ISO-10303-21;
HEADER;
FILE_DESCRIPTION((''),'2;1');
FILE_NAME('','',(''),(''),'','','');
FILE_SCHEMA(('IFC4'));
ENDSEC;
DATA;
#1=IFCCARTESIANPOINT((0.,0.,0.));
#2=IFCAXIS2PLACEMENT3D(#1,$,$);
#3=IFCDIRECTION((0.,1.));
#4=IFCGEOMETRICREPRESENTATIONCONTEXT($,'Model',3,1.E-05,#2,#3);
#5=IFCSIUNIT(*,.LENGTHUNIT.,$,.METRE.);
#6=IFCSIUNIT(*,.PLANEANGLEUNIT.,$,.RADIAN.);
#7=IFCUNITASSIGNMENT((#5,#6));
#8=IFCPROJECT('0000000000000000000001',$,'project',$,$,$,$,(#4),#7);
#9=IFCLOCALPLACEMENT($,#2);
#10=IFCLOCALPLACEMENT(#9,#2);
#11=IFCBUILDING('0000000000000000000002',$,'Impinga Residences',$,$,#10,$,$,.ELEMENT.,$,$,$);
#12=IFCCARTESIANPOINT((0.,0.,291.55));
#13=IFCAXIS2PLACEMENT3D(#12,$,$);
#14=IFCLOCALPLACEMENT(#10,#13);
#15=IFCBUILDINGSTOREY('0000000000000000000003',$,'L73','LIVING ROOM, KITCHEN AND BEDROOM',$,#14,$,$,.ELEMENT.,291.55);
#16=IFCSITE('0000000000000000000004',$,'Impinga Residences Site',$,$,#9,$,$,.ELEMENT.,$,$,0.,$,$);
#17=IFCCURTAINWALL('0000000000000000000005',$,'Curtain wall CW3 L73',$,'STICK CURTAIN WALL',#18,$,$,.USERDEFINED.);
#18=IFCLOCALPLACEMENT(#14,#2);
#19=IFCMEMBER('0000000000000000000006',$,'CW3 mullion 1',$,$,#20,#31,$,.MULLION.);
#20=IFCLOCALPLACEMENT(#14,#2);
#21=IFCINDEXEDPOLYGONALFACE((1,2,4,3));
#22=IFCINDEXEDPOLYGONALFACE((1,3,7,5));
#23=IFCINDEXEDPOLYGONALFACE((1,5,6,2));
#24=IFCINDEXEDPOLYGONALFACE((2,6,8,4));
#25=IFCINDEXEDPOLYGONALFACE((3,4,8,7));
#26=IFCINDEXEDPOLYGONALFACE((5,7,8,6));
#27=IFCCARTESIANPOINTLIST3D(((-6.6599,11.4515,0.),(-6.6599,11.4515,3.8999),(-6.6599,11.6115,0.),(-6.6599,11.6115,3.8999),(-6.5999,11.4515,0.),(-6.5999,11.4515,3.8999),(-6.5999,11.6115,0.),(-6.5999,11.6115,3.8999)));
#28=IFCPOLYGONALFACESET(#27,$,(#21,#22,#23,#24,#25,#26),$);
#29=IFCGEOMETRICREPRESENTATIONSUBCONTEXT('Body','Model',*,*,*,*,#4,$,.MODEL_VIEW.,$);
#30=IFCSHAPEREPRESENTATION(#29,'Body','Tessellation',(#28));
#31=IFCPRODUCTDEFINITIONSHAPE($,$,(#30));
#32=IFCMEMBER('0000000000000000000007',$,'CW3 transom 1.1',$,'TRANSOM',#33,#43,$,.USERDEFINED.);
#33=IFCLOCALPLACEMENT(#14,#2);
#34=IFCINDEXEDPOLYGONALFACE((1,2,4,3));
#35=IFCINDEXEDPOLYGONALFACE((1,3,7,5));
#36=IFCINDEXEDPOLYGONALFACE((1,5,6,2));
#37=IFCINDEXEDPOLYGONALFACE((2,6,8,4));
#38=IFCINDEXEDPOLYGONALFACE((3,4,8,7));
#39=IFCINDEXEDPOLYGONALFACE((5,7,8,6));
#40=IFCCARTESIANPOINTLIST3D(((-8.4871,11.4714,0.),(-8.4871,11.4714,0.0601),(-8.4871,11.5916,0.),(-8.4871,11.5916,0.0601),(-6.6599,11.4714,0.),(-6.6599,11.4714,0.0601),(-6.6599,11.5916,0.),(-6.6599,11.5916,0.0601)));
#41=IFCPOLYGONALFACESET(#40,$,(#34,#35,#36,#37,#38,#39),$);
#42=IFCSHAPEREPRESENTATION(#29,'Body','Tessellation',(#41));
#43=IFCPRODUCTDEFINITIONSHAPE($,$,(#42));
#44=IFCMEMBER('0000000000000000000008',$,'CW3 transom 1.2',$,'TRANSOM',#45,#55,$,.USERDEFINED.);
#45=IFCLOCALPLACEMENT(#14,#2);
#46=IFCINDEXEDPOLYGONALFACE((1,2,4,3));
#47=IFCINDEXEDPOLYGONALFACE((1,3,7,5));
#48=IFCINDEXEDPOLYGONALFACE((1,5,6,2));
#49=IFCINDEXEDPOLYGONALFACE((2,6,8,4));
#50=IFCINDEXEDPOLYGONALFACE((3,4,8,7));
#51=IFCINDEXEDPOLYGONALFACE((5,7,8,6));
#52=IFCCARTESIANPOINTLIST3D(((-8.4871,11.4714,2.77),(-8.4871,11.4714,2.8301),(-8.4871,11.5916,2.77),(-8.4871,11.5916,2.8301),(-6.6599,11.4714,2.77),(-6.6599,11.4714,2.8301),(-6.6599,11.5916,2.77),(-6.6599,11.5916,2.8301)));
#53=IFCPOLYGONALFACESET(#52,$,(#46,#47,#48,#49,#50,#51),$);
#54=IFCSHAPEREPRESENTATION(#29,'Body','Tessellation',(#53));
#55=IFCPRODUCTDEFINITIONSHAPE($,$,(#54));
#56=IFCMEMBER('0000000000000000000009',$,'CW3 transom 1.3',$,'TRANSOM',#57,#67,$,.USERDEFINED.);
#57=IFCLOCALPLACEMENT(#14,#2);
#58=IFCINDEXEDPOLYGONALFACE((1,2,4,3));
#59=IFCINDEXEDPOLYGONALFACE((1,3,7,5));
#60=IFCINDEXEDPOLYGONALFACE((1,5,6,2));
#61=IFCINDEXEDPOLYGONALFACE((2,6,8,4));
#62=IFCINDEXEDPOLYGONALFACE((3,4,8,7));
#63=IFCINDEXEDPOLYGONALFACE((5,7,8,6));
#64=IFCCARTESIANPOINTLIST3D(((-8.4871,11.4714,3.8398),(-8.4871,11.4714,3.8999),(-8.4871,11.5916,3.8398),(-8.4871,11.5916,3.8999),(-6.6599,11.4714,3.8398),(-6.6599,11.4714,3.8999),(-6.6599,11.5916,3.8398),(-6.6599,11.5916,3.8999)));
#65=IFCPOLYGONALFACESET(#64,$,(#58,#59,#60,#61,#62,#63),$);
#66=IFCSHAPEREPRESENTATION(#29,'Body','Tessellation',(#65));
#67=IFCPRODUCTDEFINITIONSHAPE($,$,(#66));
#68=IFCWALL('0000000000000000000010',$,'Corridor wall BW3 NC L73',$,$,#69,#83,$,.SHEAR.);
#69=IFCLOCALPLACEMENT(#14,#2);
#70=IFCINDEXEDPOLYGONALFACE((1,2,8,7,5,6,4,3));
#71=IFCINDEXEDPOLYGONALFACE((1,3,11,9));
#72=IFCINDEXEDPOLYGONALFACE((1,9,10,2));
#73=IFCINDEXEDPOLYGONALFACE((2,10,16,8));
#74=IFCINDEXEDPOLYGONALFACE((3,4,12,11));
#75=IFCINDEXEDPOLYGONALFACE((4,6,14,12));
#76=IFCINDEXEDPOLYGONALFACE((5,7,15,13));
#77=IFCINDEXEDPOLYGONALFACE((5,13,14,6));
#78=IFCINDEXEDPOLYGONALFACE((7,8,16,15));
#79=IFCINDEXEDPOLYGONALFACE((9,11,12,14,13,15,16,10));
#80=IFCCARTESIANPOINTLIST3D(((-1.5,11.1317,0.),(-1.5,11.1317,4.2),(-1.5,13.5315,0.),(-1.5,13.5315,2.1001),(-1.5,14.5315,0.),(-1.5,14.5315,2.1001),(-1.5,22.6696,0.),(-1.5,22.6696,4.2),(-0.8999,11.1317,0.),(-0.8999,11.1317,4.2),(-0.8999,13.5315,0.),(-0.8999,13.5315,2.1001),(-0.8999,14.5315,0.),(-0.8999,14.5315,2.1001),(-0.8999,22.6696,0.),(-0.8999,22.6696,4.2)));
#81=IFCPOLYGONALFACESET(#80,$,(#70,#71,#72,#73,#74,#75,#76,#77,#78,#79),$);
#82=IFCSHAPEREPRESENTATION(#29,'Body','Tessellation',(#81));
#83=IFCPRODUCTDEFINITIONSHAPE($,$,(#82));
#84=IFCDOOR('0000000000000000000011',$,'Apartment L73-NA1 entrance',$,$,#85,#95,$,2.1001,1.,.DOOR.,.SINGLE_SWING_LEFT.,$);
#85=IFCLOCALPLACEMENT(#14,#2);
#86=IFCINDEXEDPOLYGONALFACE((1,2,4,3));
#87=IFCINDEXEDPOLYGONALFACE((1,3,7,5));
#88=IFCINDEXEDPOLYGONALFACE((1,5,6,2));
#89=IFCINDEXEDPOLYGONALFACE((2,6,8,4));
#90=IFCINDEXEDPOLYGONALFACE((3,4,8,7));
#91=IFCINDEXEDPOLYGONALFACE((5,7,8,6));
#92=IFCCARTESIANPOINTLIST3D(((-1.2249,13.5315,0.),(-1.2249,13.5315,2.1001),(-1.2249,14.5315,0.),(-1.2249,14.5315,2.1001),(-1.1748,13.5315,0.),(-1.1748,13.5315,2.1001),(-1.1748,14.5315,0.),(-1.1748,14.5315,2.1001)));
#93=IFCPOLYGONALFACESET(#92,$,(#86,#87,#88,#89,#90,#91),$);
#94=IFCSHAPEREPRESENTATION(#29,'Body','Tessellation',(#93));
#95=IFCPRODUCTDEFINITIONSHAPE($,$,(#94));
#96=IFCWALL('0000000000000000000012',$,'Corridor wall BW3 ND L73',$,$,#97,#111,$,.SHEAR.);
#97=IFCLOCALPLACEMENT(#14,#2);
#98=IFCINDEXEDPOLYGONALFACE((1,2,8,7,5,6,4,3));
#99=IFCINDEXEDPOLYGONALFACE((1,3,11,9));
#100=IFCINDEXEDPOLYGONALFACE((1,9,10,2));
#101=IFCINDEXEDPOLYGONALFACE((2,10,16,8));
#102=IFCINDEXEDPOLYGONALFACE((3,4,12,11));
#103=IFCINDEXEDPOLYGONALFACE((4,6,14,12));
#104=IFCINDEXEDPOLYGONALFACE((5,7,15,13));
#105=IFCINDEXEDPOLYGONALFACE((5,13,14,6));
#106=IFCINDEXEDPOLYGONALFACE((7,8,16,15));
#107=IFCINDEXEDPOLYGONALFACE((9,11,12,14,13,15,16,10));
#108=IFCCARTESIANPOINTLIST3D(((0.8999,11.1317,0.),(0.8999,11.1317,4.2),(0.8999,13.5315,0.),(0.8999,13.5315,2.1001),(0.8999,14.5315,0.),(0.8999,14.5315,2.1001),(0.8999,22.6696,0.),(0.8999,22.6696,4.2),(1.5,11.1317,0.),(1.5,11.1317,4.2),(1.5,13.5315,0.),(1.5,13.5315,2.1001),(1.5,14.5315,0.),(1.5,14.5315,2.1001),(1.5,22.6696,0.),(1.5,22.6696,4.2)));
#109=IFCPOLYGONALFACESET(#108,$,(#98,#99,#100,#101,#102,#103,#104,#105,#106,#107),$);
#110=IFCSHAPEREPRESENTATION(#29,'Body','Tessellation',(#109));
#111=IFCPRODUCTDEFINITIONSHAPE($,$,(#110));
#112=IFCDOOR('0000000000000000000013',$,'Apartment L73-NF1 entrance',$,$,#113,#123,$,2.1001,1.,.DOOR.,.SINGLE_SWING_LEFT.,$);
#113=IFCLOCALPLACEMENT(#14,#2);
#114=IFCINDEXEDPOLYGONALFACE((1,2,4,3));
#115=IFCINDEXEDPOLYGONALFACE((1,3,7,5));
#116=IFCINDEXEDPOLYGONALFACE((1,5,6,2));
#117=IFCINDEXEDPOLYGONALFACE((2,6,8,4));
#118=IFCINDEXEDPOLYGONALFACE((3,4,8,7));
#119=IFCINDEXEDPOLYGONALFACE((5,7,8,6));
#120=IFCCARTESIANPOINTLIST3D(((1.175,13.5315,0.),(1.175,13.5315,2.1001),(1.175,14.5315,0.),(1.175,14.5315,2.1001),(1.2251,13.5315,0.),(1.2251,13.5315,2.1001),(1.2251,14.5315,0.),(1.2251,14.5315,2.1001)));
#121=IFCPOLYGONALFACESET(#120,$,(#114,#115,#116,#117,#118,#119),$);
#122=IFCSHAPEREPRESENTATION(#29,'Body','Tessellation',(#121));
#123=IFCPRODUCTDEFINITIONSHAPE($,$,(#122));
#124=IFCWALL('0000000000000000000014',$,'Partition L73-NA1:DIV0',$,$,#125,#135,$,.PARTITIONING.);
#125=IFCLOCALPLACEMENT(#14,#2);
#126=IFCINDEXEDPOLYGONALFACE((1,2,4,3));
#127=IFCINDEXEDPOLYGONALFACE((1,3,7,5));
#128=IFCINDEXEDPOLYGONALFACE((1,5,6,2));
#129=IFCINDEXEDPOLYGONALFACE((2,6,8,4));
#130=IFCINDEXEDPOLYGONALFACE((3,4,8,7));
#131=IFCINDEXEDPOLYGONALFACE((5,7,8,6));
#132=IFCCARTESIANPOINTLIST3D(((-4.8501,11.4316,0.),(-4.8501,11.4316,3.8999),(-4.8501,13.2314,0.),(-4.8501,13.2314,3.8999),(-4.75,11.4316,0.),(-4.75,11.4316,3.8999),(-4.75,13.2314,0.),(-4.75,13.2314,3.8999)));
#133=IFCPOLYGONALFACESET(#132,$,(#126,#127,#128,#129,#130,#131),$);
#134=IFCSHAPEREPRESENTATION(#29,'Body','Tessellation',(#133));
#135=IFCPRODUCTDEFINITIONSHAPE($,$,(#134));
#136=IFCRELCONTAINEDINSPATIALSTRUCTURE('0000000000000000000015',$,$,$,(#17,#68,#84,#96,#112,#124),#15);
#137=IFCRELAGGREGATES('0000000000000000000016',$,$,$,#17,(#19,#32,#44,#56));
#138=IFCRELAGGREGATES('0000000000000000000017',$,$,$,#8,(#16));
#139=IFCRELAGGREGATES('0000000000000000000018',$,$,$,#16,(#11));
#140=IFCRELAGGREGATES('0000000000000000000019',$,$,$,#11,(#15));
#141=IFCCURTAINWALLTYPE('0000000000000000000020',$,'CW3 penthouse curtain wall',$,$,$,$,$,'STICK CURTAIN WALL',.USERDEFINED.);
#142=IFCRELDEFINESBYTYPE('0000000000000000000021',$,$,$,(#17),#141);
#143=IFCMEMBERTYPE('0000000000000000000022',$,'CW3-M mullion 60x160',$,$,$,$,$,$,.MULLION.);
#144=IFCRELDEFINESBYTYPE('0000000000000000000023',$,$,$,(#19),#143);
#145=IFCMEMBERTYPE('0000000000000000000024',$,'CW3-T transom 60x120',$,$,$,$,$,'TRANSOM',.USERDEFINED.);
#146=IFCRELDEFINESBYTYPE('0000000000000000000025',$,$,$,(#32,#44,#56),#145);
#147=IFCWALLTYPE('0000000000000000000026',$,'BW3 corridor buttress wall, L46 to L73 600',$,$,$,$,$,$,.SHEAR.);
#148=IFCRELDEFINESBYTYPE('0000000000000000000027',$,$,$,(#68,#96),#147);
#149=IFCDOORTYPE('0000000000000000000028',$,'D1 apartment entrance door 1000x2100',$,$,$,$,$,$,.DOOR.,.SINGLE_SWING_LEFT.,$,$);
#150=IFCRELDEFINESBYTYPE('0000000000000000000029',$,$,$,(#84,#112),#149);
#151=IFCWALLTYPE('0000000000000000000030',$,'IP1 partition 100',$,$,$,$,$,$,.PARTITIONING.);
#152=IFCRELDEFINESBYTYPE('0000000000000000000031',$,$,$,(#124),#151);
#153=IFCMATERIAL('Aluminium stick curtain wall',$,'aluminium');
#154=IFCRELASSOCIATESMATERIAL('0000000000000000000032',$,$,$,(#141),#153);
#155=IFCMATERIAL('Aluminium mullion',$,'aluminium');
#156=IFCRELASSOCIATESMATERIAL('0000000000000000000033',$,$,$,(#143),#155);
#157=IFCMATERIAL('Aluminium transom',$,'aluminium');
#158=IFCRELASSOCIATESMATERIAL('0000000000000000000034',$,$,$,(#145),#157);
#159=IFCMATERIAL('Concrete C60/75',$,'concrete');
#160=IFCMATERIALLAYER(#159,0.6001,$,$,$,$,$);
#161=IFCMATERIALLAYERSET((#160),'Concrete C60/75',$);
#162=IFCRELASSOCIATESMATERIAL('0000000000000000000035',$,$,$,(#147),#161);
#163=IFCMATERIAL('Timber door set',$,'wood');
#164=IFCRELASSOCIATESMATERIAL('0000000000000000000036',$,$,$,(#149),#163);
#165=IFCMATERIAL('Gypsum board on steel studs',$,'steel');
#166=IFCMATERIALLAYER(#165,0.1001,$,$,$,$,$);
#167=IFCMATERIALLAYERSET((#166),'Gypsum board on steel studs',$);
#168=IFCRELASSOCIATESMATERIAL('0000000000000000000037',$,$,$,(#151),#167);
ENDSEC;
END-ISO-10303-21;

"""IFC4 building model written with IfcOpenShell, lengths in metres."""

from ifc_helpers import new_model, si_unit, direction, frame, frame_2d, origin, origin_2d, place, context, subcontext, project, spatial, rectangle, extrude, material, layer, layer_set, material_profile, profile_set, type_object, element, fill, aggregate, save


model = new_model("IFC4")

# Units and contexts
model_context = context("Model", 3, precision=1e-05, world=origin(), true_north=direction((0.0, 1.0)))
body_context = subcontext(model_context, "Body", "Model", "MODEL_VIEW")
ifc_project = project(units=[si_unit("LENGTHUNIT", "METRE"), si_unit("PLANEANGLEUNIT", "RADIAN")], contexts=[model_context])

# Site, building, storey
site_placement = place(None, origin())
site = spatial("IfcSite", under=ifc_project, at=site_placement, Name="Impinga Residences Site", CompositionType="ELEMENT", RefElevation=0.0)
building_placement = place(site_placement, origin())
building = spatial("IfcBuilding", under=site, at=building_placement, Name="Impinga Residences", CompositionType="ELEMENT")
storey_placement = place(building_placement, frame((0.0, 0.0, 291.55)))
storey = spatial("IfcBuildingStorey", under=building, at=storey_placement, Name="L73", Description="LIVING ROOM, KITCHEN AND BEDROOM", CompositionType="ELEMENT", Elevation=291.55)

# Curtain wall, members
ifc_material_1 = material(Name="Aluminium stick curtain wall", Category="aluminium")
curtain_wall_type = type_object("IfcCurtainWallType", Name="CW3 penthouse curtain wall", ElementType="STICK CURTAIN WALL", PredefinedType="USERDEFINED", material=ifc_material_1)
curtain_wall_placement = place(storey_placement, origin())
curtain_wall = element("IfcCurtainWall", 1, at=curtain_wall_placement, inside=storey, type_object=curtain_wall_type, Name="Curtain wall CW3 L73", ObjectType="STICK CURTAIN WALL", PredefinedType="USERDEFINED")
ifc_material_2 = material(Name="Aluminium mullion", Category="aluminium")
ifc_material_profile_1 = material_profile(ifc_material_2, rectangle(XDim=0.0601, YDim=0.1599, at=origin_2d()), Name="60x160 mullion")
ifc_profile_set_1 = profile_set([ifc_material_profile_1], Name="Aluminium mullion")
member_type_1 = type_object("IfcMemberType", Name="CW3-M mullion 60x160", PredefinedType="MULLION", material=ifc_profile_set_1)
member_1_placement = place(storey_placement, frame((-6.6299, 11.5315, 0.0), z_axis=(0.0, 0.0, 1.0), x_axis=(-1.0, 0.0, 0.0)))
member_1 = element("IfcMember", 2, at=member_1_placement, type_object=member_type_1, Name="CW3 mullion 1", PredefinedType="MULLION", context=body_context, shape_type="SweptSolid", body=[
    extrude(rectangle(XDim=0.0601, YDim=0.1599, at=origin_2d()), origin(), (0.0, 0.0, 1.0), 3.8999),
])
ifc_material_3 = material(Name="Aluminium transom", Category="aluminium")
ifc_material_profile_2 = material_profile(ifc_material_3, rectangle(XDim=0.0601, YDim=0.1201, at=origin_2d()), Name="60x120 transom")
ifc_profile_set_2 = profile_set([ifc_material_profile_2], Name="Aluminium transom")
member_type_2 = type_object("IfcMemberType", Name="CW3-T transom 60x120", ElementType="TRANSOM", PredefinedType="USERDEFINED", material=ifc_profile_set_2)
member_2_placement = place(storey_placement, frame((-6.6599, 11.5315, 0.03), z_axis=(-1.0, 0.0, 0.0), x_axis=(0.0, 0.0, 1.0)))
member_2 = element("IfcMember", 3, at=member_2_placement, type_object=member_type_2, Name="CW3 transom 1.1", ObjectType="TRANSOM", PredefinedType="USERDEFINED", context=body_context, shape_type="SweptSolid", body=[
    extrude(rectangle(XDim=0.0601, YDim=0.1201, at=origin_2d()), origin(), (0.0, 0.0, 1.0), 1.8271),
])
member_3_placement = place(storey_placement, frame((-6.6599, 11.5315, 2.8), z_axis=(-1.0, 0.0, 0.0), x_axis=(0.0, 0.0, 1.0)))
member_3 = element("IfcMember", 4, at=member_3_placement, type_object=member_type_2, Name="CW3 transom 1.2", ObjectType="TRANSOM", PredefinedType="USERDEFINED", context=body_context, shape_type="SweptSolid", body=[
    extrude(rectangle(XDim=0.0601, YDim=0.1201, at=origin_2d()), origin(), (0.0, 0.0, 1.0), 1.8271),
])
member_4_placement = place(storey_placement, frame((-6.6599, 11.5315, 3.8699), z_axis=(-1.0, 0.0, 0.0), x_axis=(0.0, 0.0, 1.0)))
member_4 = element("IfcMember", 5, at=member_4_placement, type_object=member_type_2, Name="CW3 transom 1.3", ObjectType="TRANSOM", PredefinedType="USERDEFINED", context=body_context, shape_type="SweptSolid", body=[
    extrude(rectangle(XDim=0.0601, YDim=0.1201, at=origin_2d()), origin(), (0.0, 0.0, 1.0), 1.8271),
])
aggregate(curtain_wall, [member_1, member_2, member_3, member_4])

# Walls, openings, doors
ifc_material_4 = material(Name="Concrete C60/75", Category="concrete")
ifc_layer_1 = layer(ifc_material_4, 0.6001)
ifc_layer_set_1 = layer_set([ifc_layer_1], Name="Concrete C60/75")
wall_type_1 = type_object("IfcWallType", Name="BW3 corridor buttress wall, L46 to L73 600", PredefinedType="SHEAR", material=ifc_layer_set_1)
wall_1_placement = place(storey_placement, frame((-1.2, 11.1316, 0.0), z_axis=(0.0, 0.0, 1.0), x_axis=(0.0, 1.0, 0.0)))
wall_1 = element("IfcWall", 6, at=wall_1_placement, inside=storey, type_object=wall_type_1, Name="Corridor wall BW3 NC L73", PredefinedType="SHEAR", context=body_context, shape_type="SweptSolid", body=[
    extrude(rectangle(XDim=11.5378, YDim=0.6001, at=frame_2d((5.769, 0.0))), origin(), (0.0, 0.0, 1.0), 4.2),
])
opening_1_placement = place(wall_1_placement, frame((2.3999, 0.0, 0.0)))
opening_1 = element("IfcOpeningElement", 7, at=opening_1_placement, cuts=wall_1, PredefinedType="OPENING", context=body_context, shape_type="SweptSolid", body=[
    extrude(rectangle(XDim=1.0, YDim=2.1001, at=frame_2d((0.5, 1.05))), frame((0.0, 0.3101, 0.0), z_axis=(0.0, -1.0, 0.0), x_axis=(1.0, 0.0, 0.0)), (0.0, 0.0, 1.0), 0.6201),
])
ifc_material_5 = material(Name="Timber door set", Category="wood")
door_type_1 = type_object("IfcDoorType", Name="D1 apartment entrance door 1000x2100", OperationType="SINGLE_SWING_LEFT", PredefinedType="DOOR", material=ifc_material_5)
door_1_placement = place(opening_1_placement, origin())
door_1 = element("IfcDoor", 8, at=door_1_placement, inside=storey, type_object=door_type_1, Name="Apartment L73-NA1 entrance", OperationType="SINGLE_SWING_LEFT", OverallHeight=2.1001, OverallWidth=1.0, PredefinedType="DOOR", context=body_context, shape_type="SweptSolid", body=[
    extrude(rectangle(XDim=1.0, YDim=2.1001, at=frame_2d((0.5, 1.05))), frame((0.0, 0.0249, 0.0), z_axis=(0.0, -1.0, 0.0), x_axis=(1.0, 0.0, 0.0)), (0.0, 0.0, 1.0), 0.05),
])
fill(opening_1, door_1)
wall_2_placement = place(storey_placement, frame((1.2, 11.1316, 0.0), z_axis=(0.0, 0.0, 1.0), x_axis=(0.0, 1.0, 0.0)))
wall_2 = element("IfcWall", 9, at=wall_2_placement, inside=storey, type_object=wall_type_1, Name="Corridor wall BW3 ND L73", PredefinedType="SHEAR", context=body_context, shape_type="SweptSolid", body=[
    extrude(rectangle(XDim=11.5378, YDim=0.6001, at=frame_2d((5.769, 0.0))), origin(), (0.0, 0.0, 1.0), 4.2),
])
opening_2_placement = place(wall_2_placement, frame((2.3999, 0.0, 0.0)))
opening_2 = element("IfcOpeningElement", 10, at=opening_2_placement, cuts=wall_2, PredefinedType="OPENING", context=body_context, shape_type="SweptSolid", body=[
    extrude(rectangle(XDim=1.0, YDim=2.1001, at=frame_2d((0.5, 1.05))), frame((0.0, 0.3101, 0.0), z_axis=(0.0, -1.0, 0.0), x_axis=(1.0, 0.0, 0.0)), (0.0, 0.0, 1.0), 0.6201),
])
door_2_placement = place(opening_2_placement, origin())
door_2 = element("IfcDoor", 11, at=door_2_placement, inside=storey, type_object=door_type_1, Name="Apartment L73-NF1 entrance", OperationType="SINGLE_SWING_LEFT", OverallHeight=2.1001, OverallWidth=1.0, PredefinedType="DOOR", context=body_context, shape_type="SweptSolid", body=[
    extrude(rectangle(XDim=1.0, YDim=2.1001, at=frame_2d((0.5, 1.05))), frame((0.0, 0.0249, 0.0), z_axis=(0.0, -1.0, 0.0), x_axis=(1.0, 0.0, 0.0)), (0.0, 0.0, 1.0), 0.05),
])
fill(opening_2, door_2)

# Wall
ifc_material_6 = material(Name="Gypsum board on steel studs", Category="steel")
ifc_layer_2 = layer(ifc_material_6, 0.1001)
ifc_layer_set_2 = layer_set([ifc_layer_2], Name="Gypsum board on steel studs")
wall_type_2 = type_object("IfcWallType", Name="IP1 partition 100", PredefinedType="PARTITIONING", material=ifc_layer_set_2)
wall_3_placement = place(storey_placement, frame((-4.8, 11.4316, 0.0), z_axis=(0.0, 0.0, 1.0), x_axis=(0.0, 1.0, 0.0)))
element("IfcWall", 12, at=wall_3_placement, inside=storey, type_object=wall_type_2, Name="Partition L73-NA1:DIV0", PredefinedType="PARTITIONING", context=body_context, shape_type="SweptSolid", body=[
    extrude(rectangle(XDim=1.7998, YDim=0.1001, at=frame_2d((0.8999, 0.0))), origin(), (0.0, 0.0, 1.0), 3.8999),
])

save(model, "model.ifc")
